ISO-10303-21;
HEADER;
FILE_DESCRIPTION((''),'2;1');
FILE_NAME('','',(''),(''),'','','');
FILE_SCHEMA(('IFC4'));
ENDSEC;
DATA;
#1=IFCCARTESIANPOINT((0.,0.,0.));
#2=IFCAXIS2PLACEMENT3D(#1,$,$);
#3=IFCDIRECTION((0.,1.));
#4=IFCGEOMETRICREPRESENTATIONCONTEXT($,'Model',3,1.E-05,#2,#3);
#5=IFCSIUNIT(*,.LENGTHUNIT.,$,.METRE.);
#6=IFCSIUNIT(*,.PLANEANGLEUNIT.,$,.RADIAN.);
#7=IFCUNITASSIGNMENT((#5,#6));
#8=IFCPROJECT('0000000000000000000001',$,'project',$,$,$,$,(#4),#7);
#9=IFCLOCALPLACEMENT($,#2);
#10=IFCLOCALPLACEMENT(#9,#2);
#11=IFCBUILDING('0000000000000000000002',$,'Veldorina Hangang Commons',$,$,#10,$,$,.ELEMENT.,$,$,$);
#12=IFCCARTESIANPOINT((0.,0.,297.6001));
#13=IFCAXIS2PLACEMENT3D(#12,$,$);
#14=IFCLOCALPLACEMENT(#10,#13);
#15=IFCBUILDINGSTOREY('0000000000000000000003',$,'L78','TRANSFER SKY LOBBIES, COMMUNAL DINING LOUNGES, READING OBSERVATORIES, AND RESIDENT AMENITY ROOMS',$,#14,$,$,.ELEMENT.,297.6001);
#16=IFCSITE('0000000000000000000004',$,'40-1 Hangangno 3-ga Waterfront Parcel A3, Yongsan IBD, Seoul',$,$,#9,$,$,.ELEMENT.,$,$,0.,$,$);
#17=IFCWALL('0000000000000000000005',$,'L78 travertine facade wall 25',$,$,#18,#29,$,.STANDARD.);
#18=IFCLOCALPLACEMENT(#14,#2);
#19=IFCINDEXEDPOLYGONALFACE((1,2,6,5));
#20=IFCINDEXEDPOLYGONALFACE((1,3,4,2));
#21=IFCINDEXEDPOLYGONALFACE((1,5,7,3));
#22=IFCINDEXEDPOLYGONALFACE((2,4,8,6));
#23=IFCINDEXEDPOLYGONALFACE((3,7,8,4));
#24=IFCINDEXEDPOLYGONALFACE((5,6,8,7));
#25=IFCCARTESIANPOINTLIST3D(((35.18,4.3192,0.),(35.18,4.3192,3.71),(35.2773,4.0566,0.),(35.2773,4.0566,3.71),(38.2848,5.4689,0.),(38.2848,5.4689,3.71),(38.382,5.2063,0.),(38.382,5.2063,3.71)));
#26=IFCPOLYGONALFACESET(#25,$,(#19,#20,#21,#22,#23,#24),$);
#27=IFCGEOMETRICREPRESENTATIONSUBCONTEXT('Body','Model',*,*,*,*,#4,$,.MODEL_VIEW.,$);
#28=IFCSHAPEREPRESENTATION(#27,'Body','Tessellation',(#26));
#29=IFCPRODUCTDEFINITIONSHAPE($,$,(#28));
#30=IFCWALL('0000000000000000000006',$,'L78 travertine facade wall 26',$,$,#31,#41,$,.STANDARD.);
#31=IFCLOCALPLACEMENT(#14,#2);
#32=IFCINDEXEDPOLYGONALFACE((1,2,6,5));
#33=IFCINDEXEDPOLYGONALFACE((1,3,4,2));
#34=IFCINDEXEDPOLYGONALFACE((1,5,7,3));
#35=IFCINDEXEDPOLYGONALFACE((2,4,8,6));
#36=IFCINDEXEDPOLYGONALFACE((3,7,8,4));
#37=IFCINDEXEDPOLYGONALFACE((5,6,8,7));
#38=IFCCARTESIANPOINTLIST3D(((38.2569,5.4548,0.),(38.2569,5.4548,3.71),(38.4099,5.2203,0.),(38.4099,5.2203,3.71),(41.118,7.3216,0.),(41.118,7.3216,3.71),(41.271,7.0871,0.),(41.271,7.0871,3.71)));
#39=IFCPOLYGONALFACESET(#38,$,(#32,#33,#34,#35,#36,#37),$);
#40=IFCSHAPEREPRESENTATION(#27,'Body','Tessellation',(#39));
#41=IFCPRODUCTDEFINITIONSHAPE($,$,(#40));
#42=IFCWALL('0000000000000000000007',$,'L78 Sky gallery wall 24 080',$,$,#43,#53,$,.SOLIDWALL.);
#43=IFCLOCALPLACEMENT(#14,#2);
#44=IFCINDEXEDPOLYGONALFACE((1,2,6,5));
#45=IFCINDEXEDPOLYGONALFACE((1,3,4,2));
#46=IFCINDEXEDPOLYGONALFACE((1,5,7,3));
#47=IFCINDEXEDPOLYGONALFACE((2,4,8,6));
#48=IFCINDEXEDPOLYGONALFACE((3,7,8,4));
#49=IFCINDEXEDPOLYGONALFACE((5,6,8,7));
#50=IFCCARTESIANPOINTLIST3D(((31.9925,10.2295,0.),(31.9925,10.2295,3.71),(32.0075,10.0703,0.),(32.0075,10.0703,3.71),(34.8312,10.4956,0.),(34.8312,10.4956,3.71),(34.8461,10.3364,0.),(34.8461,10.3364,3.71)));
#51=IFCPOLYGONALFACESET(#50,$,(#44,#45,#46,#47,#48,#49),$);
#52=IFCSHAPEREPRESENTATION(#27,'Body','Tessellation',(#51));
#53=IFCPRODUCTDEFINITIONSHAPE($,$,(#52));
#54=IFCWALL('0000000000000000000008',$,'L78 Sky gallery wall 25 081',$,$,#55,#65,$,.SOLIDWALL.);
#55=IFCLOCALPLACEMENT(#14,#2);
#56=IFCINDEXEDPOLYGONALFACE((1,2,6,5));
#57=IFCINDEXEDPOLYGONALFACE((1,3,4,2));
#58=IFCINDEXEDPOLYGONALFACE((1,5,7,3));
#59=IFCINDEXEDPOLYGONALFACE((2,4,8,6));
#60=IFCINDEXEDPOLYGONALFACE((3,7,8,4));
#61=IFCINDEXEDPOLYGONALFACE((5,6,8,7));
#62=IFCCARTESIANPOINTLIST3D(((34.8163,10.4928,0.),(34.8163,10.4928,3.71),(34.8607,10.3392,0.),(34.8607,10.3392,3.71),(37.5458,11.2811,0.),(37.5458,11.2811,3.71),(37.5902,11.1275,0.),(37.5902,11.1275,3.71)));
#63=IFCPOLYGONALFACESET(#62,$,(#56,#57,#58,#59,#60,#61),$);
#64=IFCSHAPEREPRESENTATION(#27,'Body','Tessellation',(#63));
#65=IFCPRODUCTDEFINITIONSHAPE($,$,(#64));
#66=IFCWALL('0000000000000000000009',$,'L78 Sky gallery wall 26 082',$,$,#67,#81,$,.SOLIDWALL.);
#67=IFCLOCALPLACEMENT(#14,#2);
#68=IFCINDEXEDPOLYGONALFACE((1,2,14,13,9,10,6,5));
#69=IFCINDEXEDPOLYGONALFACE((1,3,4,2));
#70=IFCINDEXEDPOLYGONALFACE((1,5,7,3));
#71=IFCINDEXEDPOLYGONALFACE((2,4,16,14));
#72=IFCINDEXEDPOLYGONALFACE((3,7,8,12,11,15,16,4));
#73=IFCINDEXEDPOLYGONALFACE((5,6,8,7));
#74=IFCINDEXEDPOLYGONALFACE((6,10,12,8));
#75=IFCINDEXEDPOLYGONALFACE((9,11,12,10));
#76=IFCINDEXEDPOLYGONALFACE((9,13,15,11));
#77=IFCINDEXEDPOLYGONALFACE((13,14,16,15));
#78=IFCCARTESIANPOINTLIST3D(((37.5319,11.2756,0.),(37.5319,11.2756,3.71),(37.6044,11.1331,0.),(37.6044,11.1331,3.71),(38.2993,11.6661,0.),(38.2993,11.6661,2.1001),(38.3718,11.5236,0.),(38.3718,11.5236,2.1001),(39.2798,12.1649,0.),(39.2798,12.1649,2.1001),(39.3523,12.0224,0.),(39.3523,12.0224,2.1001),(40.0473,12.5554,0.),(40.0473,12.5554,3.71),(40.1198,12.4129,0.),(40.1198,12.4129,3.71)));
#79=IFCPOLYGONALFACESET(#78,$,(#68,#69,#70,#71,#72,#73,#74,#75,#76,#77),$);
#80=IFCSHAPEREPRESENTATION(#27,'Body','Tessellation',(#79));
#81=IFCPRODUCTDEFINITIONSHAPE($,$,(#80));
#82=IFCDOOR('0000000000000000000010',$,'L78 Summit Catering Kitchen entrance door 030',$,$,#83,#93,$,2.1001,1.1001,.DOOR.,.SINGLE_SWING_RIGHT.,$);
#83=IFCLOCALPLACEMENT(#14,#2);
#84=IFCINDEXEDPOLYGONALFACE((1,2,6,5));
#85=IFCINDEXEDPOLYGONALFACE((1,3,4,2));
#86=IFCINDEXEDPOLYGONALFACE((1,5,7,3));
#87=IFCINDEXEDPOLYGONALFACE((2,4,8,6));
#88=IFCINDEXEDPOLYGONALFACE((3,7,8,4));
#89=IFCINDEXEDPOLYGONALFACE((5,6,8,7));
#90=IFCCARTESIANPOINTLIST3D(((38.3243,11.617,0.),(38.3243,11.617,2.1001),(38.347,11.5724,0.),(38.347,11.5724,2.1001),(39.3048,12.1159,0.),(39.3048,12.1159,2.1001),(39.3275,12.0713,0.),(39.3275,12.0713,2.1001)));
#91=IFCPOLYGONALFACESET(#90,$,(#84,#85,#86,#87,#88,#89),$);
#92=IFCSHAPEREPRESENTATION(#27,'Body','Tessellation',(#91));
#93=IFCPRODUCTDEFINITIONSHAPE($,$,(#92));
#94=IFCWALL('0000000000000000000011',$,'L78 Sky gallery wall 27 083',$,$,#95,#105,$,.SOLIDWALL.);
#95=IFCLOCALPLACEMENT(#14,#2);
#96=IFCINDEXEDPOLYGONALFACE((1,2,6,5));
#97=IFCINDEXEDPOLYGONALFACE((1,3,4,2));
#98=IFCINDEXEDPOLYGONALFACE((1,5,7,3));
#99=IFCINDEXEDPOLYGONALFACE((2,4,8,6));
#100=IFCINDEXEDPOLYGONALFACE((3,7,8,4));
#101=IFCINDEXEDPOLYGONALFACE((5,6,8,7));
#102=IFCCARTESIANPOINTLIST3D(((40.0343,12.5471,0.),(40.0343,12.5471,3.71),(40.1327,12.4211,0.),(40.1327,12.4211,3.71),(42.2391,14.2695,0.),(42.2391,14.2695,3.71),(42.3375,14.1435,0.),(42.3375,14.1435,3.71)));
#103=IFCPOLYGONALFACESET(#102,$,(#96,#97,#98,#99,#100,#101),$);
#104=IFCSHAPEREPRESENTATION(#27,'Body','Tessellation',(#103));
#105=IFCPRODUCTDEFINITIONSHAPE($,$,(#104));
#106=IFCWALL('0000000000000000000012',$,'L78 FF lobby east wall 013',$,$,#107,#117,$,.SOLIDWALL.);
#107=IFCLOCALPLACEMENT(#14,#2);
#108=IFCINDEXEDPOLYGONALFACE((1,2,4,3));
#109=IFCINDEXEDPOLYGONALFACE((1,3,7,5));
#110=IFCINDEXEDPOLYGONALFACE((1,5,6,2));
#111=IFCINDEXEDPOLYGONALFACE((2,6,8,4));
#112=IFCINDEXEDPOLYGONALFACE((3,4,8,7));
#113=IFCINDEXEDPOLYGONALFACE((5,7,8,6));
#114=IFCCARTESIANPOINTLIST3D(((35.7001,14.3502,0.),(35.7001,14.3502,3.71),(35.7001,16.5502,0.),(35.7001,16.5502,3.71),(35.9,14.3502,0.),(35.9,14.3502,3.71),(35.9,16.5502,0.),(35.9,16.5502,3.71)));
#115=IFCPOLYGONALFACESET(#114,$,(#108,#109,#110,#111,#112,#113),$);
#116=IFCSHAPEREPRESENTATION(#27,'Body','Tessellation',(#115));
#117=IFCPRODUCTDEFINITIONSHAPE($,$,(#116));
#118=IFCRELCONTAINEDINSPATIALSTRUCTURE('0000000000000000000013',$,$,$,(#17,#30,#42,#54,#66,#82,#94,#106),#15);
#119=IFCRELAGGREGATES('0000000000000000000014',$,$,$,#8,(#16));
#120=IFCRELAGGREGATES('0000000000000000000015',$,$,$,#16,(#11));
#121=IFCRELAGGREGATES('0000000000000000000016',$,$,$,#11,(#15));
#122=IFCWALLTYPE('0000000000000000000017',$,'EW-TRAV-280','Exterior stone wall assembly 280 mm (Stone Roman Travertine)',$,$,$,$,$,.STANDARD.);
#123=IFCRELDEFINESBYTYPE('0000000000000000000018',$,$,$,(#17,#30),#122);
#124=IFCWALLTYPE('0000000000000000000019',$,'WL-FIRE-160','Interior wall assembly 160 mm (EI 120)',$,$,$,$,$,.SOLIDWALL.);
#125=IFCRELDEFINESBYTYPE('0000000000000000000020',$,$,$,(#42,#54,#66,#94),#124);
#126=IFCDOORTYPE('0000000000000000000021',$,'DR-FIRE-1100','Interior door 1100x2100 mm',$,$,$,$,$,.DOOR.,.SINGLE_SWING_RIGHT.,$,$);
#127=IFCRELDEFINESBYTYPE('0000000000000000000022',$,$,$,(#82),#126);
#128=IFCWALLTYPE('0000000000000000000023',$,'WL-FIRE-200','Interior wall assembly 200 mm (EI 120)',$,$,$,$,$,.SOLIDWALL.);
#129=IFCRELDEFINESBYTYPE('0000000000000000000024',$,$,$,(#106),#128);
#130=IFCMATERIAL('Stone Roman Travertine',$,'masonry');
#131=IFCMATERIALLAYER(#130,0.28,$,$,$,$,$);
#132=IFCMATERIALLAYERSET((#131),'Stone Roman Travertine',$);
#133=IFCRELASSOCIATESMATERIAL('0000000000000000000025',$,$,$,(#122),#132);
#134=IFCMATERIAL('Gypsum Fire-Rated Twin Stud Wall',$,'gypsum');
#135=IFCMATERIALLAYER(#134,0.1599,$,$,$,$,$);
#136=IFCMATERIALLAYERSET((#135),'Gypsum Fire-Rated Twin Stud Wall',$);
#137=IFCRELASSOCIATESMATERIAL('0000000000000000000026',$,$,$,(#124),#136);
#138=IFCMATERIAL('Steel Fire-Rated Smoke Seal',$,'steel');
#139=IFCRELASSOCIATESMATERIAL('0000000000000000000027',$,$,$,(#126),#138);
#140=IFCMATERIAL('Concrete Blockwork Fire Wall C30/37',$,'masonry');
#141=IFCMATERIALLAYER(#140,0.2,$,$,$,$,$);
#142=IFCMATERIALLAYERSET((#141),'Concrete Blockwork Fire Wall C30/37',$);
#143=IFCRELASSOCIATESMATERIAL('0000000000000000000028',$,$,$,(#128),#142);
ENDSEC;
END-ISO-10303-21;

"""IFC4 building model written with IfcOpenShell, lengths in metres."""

from ifc_helpers import new_model, si_unit, direction, frame, frame_2d, origin, place, context, subcontext, project, spatial, rectangle, extrude, material, layer, layer_set, type_object, element, fill, save


model = new_model("IFC4")

# Units and contexts
model_context = context("Model", 3, precision=1e-05, world=origin(), true_north=direction((0.0, 1.0)))
body_context = subcontext(model_context, "Body", "Model", "MODEL_VIEW")
ifc_project = project(units=[si_unit("LENGTHUNIT", "METRE"), si_unit("PLANEANGLEUNIT", "RADIAN")], contexts=[model_context])

# Site, building, storey
site_placement = place(None, origin())
site = spatial("IfcSite", under=ifc_project, at=site_placement, Name="40-1 Hangangno 3-ga Waterfront Parcel A3, Yongsan IBD, Seoul", CompositionType="ELEMENT", RefElevation=0.0)
building_placement = place(site_placement, origin())
building = spatial("IfcBuilding", under=site, at=building_placement, Name="Veldorina Hangang Commons", CompositionType="ELEMENT")
storey_placement = place(building_placement, frame((0.0, 0.0, 297.6001)))
storey = spatial("IfcBuildingStorey", under=building, at=storey_placement, Name="L78", Description="TRANSFER SKY LOBBIES, COMMUNAL DINING LOUNGES, READING OBSERVATORIES, AND RESIDENT AMENITY ROOMS", CompositionType="ELEMENT", Elevation=297.6001)

# Walls
ifc_material_1 = material(Name="Stone Roman Travertine", Category="masonry")
ifc_layer_1 = layer(ifc_material_1, 0.28)
ifc_layer_set_1 = layer_set([ifc_layer_1], Name="Stone Roman Travertine")
wall_type_1 = type_object("IfcWallType", Name="EW-TRAV-280", Description="Exterior stone wall assembly 280 mm (Stone Roman Travertine)", PredefinedType="STANDARD", material=ifc_layer_set_1)
wall_1_placement = place(storey_placement, frame((35.2288, 4.188, 0.0), z_axis=(0.0, 0.0, 1.0), x_axis=(0.937773, 0.34725, 0.0)))
element("IfcWall", 1, at=wall_1_placement, inside=storey, type_object=wall_type_1, Name="L78 travertine facade wall 25", PredefinedType="STANDARD", context=body_context, shape_type="SweptSolid", body=[
    extrude(rectangle(XDim=3.3108, YDim=0.28, at=frame_2d((1.6553, 0.0))), origin(), (0.0, 0.0, 1.0), 3.71),
])
wall_2_placement = place(storey_placement, frame((38.3335, 5.3376, 0.0), z_axis=(0.0, 0.0, 1.0), x_axis=(0.837507, 0.546427, 0.0)))
element("IfcWall", 2, at=wall_2_placement, inside=storey, type_object=wall_type_1, Name="L78 travertine facade wall 26", PredefinedType="STANDARD", context=body_context, shape_type="SweptSolid", body=[
    extrude(rectangle(XDim=3.4163, YDim=0.28, at=frame_2d((1.708, 0.0))), origin(), (0.0, 0.0, 1.0), 3.71),
])
ifc_material_2 = material(Name="Gypsum Fire-Rated Twin Stud Wall", Category="gypsum")
ifc_layer_2 = layer(ifc_material_2, 0.1599)
ifc_layer_set_2 = layer_set([ifc_layer_2], Name="Gypsum Fire-Rated Twin Stud Wall")
wall_type_2 = type_object("IfcWallType", Name="WL-FIRE-160", Description="Interior wall assembly 160 mm (EI 120)", PredefinedType="SOLIDWALL", material=ifc_layer_set_2)
wall_3_placement = place(storey_placement, frame((32.0, 10.1499, 0.0), z_axis=(0.0, 0.0, 1.0), x_axis=(0.995634, 0.093338, 0.0)))
element("IfcWall", 3, at=wall_3_placement, inside=storey, type_object=wall_type_2, Name="L78 Sky gallery wall 24 080", PredefinedType="SOLIDWALL", context=body_context, shape_type="SweptSolid", body=[
    extrude(rectangle(XDim=2.8511, YDim=0.1599, at=frame_2d((1.4255, 0.0))), origin(), (0.0, 0.0, 1.0), 3.71),
])
wall_4_placement = place(storey_placement, frame((34.8386, 10.416, 0.0), z_axis=(0.0, 0.0, 1.0), x_axis=(0.960732, 0.277478, 0.0)))
element("IfcWall", 4, at=wall_4_placement, inside=storey, type_object=wall_type_2, Name="L78 Sky gallery wall 25 081", PredefinedType="SOLIDWALL", context=body_context, shape_type="SweptSolid", body=[
    extrude(rectangle(XDim=2.8411, YDim=0.1599, at=frame_2d((1.4204, 0.0))), origin(), (0.0, 0.0, 1.0), 3.71),
])

# Wall, opening, door
wall_5_placement = place(storey_placement, frame((37.5681, 11.2043, 0.0), z_axis=(0.0, 0.0, 1.0), x_axis=(0.891274, 0.453466, 0.0)))
wall_5 = element("IfcWall", 5, at=wall_5_placement, inside=storey, type_object=wall_type_2, Name="L78 Sky gallery wall 26 082", PredefinedType="SOLIDWALL", context=body_context, shape_type="SweptSolid", body=[
    extrude(rectangle(XDim=2.8223, YDim=0.1599, at=frame_2d((1.4111, 0.0))), origin(), (0.0, 0.0, 1.0), 3.71),
])
opening_placement = place(wall_5_placement, frame((0.8611, 0.0, 0.0)))
opening = element("IfcOpeningElement", 6, at=opening_placement, cuts=wall_5, PredefinedType="OPENING", context=body_context, shape_type="SweptSolid", body=[
    extrude(rectangle(XDim=1.1001, YDim=2.1001, at=frame_2d((0.55, 1.05))), frame((0.0, 0.0898, 0.0), z_axis=(0.0, -1.0, 0.0), x_axis=(1.0, 0.0, 0.0)), (0.0, 0.0, 1.0), 0.1799),
])
ifc_material_3 = material(Name="Steel Fire-Rated Smoke Seal", Category="steel")
door_type = type_object("IfcDoorType", Name="DR-FIRE-1100", Description="Interior door 1100x2100 mm", OperationType="SINGLE_SWING_RIGHT", PredefinedType="DOOR", material=ifc_material_3)
door_placement = place(opening_placement, origin())
door = element("IfcDoor", 7, at=door_placement, inside=storey, type_object=door_type, Name="L78 Summit Catering Kitchen entrance door 030", OperationType="SINGLE_SWING_RIGHT", OverallHeight=2.1001, OverallWidth=1.1001, PredefinedType="DOOR", context=body_context, shape_type="SweptSolid", body=[
    extrude(rectangle(XDim=1.1001, YDim=2.1001, at=frame_2d((0.55, 1.05))), frame((0.0, 0.0249, 0.0), z_axis=(0.0, -1.0, 0.0), x_axis=(1.0, 0.0, 0.0)), (0.0, 0.0, 1.0), 0.05),
])
fill(opening, door)

# Walls
wall_6_placement = place(storey_placement, frame((40.0835, 12.4841, 0.0), z_axis=(0.0, 0.0, 1.0), x_axis=(0.788044, 0.615619, 0.0)))
element("IfcWall", 8, at=wall_6_placement, inside=storey, type_object=wall_type_2, Name="L78 Sky gallery wall 27 083", PredefinedType="SOLIDWALL", context=body_context, shape_type="SweptSolid", body=[
    extrude(rectangle(XDim=2.7979, YDim=0.1599, at=frame_2d((1.3989, 0.0))), origin(), (0.0, 0.0, 1.0), 3.71),
])
ifc_material_4 = material(Name="Concrete Blockwork Fire Wall C30/37", Category="masonry")
ifc_layer_3 = layer(ifc_material_4, 0.2)
ifc_layer_set_3 = layer_set([ifc_layer_3], Name="Concrete Blockwork Fire Wall C30/37")
wall_type_3 = type_object("IfcWallType", Name="WL-FIRE-200", Description="Interior wall assembly 200 mm (EI 120)", PredefinedType="SOLIDWALL", material=ifc_layer_set_3)
wall_7_placement = place(storey_placement, frame((35.8, 14.3501, 0.0), z_axis=(0.0, 0.0, 1.0), x_axis=(0.0, 1.0, 0.0)))
element("IfcWall", 9, at=wall_7_placement, inside=storey, type_object=wall_type_3, Name="L78 FF lobby east wall 013", PredefinedType="SOLIDWALL", context=body_context, shape_type="SweptSolid", body=[
    extrude(rectangle(XDim=2.2, YDim=0.2, at=frame_2d((1.1001, 0.0))), origin(), (0.0, 0.0, 1.0), 3.71),
])

save(model, "model.ifc")
